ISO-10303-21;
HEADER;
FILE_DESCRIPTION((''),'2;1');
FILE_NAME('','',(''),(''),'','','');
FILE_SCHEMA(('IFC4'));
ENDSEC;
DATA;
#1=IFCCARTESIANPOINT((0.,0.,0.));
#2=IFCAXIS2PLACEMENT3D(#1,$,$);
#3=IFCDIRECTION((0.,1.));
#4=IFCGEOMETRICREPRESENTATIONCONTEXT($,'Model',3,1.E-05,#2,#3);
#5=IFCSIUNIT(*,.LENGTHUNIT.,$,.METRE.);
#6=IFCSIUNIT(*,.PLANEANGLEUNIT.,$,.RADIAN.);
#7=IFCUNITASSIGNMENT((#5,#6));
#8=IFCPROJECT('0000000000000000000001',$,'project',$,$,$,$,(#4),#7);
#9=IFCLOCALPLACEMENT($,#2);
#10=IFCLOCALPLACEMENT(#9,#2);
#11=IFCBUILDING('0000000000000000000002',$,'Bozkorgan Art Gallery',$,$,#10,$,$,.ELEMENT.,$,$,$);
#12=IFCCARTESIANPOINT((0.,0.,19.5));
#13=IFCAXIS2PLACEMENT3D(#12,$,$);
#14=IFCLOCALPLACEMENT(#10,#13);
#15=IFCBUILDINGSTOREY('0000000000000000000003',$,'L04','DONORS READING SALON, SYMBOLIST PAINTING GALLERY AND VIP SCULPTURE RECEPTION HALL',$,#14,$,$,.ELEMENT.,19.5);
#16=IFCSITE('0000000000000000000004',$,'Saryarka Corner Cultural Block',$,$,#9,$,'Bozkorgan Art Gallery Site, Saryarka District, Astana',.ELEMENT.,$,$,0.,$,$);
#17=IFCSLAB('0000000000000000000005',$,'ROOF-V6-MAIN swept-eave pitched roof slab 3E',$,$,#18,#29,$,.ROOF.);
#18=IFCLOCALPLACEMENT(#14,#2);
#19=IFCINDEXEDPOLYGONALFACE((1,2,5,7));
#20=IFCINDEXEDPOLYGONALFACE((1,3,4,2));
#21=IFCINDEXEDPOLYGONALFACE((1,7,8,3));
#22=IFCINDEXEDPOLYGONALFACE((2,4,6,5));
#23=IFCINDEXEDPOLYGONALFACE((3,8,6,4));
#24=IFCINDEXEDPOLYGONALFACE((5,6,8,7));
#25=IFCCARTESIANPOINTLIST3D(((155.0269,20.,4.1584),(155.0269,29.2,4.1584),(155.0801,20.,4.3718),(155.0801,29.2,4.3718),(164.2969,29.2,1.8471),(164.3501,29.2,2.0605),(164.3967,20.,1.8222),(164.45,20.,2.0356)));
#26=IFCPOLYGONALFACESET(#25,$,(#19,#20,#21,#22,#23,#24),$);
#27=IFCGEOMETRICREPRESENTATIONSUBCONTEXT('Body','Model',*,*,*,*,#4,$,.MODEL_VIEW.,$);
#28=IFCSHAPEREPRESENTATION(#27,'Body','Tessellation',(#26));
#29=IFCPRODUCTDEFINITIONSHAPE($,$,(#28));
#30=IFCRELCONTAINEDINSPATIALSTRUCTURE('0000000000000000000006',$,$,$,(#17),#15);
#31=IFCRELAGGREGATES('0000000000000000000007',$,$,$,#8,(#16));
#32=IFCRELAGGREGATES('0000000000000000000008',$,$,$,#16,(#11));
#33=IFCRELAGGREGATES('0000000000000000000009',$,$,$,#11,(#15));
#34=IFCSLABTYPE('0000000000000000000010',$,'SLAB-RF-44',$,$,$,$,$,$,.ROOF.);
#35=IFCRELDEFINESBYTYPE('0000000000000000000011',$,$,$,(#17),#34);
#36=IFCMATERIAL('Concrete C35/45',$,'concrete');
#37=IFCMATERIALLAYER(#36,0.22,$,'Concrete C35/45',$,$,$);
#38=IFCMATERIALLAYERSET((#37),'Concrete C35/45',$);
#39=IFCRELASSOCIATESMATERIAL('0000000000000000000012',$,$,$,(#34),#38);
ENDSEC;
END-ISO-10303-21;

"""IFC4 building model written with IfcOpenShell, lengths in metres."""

from ifc_helpers import new_model, si_unit, direction, frame, origin, place, context, subcontext, project, spatial, polyline, outline, extrude, material, layer, layer_set, type_object, element, save


model = new_model("IFC4")

# Units and contexts
model_context = context("Model", 3, precision=1e-05, world=origin(), true_north=direction((0.0, 1.0)))
body_context = subcontext(model_context, "Body", "Model", "MODEL_VIEW")
ifc_project = project(units=[si_unit("LENGTHUNIT", "METRE"), si_unit("PLANEANGLEUNIT", "RADIAN")], contexts=[model_context])

# Site, building, storey
site_placement = place(None, origin())
site = spatial("IfcSite", under=ifc_project, at=site_placement, Name="Saryarka Corner Cultural Block", LongName="Bozkorgan Art Gallery Site, Saryarka District, Astana", CompositionType="ELEMENT", RefElevation=0.0)
building_placement = place(site_placement, origin())
building = spatial("IfcBuilding", under=site, at=building_placement, Name="Bozkorgan Art Gallery", CompositionType="ELEMENT")
storey_placement = place(building_placement, frame((0.0, 0.0, 19.5)))
storey = spatial("IfcBuildingStorey", under=building, at=storey_placement, Name="L04", Description="DONORS READING SALON, SYMBOLIST PAINTING GALLERY AND VIP SCULPTURE RECEPTION HALL", CompositionType="ELEMENT", Elevation=19.5)

# Slab
ifc_material_1 = material(Name="Concrete C35/45", Category="concrete")
ifc_layer_1 = layer(ifc_material_1, 0.22, Name="Concrete C35/45")
ifc_layer_set_1 = layer_set([ifc_layer_1], Name="Concrete C35/45")
slab_type = type_object("IfcSlabType", Name="SLAB-RF-44", PredefinedType="ROOF", material=ifc_layer_set_1)
slab_1_placement = place(storey_placement, frame((155.0801, 20.0, 4.3718), z_axis=(0.241923, 0.0, 0.970296), x_axis=(0.970296, 0.0, -0.241923)))
element("IfcSlab", 1, at=slab_1_placement, inside=storey, type_object=slab_type, Name="ROOF-V6-MAIN swept-eave pitched roof slab 3E", PredefinedType="ROOF", context=body_context, shape_type="SweptSolid", body=[
    extrude(outline(polyline([(0.0, 0.0), (9.6567, 0.0), (9.5538, 9.2), (0.0, 9.2), (0.0, 0.0)])), origin(), (0.0, 0.0, -1.0), 0.22),
])

save(model, "model.ifc")
